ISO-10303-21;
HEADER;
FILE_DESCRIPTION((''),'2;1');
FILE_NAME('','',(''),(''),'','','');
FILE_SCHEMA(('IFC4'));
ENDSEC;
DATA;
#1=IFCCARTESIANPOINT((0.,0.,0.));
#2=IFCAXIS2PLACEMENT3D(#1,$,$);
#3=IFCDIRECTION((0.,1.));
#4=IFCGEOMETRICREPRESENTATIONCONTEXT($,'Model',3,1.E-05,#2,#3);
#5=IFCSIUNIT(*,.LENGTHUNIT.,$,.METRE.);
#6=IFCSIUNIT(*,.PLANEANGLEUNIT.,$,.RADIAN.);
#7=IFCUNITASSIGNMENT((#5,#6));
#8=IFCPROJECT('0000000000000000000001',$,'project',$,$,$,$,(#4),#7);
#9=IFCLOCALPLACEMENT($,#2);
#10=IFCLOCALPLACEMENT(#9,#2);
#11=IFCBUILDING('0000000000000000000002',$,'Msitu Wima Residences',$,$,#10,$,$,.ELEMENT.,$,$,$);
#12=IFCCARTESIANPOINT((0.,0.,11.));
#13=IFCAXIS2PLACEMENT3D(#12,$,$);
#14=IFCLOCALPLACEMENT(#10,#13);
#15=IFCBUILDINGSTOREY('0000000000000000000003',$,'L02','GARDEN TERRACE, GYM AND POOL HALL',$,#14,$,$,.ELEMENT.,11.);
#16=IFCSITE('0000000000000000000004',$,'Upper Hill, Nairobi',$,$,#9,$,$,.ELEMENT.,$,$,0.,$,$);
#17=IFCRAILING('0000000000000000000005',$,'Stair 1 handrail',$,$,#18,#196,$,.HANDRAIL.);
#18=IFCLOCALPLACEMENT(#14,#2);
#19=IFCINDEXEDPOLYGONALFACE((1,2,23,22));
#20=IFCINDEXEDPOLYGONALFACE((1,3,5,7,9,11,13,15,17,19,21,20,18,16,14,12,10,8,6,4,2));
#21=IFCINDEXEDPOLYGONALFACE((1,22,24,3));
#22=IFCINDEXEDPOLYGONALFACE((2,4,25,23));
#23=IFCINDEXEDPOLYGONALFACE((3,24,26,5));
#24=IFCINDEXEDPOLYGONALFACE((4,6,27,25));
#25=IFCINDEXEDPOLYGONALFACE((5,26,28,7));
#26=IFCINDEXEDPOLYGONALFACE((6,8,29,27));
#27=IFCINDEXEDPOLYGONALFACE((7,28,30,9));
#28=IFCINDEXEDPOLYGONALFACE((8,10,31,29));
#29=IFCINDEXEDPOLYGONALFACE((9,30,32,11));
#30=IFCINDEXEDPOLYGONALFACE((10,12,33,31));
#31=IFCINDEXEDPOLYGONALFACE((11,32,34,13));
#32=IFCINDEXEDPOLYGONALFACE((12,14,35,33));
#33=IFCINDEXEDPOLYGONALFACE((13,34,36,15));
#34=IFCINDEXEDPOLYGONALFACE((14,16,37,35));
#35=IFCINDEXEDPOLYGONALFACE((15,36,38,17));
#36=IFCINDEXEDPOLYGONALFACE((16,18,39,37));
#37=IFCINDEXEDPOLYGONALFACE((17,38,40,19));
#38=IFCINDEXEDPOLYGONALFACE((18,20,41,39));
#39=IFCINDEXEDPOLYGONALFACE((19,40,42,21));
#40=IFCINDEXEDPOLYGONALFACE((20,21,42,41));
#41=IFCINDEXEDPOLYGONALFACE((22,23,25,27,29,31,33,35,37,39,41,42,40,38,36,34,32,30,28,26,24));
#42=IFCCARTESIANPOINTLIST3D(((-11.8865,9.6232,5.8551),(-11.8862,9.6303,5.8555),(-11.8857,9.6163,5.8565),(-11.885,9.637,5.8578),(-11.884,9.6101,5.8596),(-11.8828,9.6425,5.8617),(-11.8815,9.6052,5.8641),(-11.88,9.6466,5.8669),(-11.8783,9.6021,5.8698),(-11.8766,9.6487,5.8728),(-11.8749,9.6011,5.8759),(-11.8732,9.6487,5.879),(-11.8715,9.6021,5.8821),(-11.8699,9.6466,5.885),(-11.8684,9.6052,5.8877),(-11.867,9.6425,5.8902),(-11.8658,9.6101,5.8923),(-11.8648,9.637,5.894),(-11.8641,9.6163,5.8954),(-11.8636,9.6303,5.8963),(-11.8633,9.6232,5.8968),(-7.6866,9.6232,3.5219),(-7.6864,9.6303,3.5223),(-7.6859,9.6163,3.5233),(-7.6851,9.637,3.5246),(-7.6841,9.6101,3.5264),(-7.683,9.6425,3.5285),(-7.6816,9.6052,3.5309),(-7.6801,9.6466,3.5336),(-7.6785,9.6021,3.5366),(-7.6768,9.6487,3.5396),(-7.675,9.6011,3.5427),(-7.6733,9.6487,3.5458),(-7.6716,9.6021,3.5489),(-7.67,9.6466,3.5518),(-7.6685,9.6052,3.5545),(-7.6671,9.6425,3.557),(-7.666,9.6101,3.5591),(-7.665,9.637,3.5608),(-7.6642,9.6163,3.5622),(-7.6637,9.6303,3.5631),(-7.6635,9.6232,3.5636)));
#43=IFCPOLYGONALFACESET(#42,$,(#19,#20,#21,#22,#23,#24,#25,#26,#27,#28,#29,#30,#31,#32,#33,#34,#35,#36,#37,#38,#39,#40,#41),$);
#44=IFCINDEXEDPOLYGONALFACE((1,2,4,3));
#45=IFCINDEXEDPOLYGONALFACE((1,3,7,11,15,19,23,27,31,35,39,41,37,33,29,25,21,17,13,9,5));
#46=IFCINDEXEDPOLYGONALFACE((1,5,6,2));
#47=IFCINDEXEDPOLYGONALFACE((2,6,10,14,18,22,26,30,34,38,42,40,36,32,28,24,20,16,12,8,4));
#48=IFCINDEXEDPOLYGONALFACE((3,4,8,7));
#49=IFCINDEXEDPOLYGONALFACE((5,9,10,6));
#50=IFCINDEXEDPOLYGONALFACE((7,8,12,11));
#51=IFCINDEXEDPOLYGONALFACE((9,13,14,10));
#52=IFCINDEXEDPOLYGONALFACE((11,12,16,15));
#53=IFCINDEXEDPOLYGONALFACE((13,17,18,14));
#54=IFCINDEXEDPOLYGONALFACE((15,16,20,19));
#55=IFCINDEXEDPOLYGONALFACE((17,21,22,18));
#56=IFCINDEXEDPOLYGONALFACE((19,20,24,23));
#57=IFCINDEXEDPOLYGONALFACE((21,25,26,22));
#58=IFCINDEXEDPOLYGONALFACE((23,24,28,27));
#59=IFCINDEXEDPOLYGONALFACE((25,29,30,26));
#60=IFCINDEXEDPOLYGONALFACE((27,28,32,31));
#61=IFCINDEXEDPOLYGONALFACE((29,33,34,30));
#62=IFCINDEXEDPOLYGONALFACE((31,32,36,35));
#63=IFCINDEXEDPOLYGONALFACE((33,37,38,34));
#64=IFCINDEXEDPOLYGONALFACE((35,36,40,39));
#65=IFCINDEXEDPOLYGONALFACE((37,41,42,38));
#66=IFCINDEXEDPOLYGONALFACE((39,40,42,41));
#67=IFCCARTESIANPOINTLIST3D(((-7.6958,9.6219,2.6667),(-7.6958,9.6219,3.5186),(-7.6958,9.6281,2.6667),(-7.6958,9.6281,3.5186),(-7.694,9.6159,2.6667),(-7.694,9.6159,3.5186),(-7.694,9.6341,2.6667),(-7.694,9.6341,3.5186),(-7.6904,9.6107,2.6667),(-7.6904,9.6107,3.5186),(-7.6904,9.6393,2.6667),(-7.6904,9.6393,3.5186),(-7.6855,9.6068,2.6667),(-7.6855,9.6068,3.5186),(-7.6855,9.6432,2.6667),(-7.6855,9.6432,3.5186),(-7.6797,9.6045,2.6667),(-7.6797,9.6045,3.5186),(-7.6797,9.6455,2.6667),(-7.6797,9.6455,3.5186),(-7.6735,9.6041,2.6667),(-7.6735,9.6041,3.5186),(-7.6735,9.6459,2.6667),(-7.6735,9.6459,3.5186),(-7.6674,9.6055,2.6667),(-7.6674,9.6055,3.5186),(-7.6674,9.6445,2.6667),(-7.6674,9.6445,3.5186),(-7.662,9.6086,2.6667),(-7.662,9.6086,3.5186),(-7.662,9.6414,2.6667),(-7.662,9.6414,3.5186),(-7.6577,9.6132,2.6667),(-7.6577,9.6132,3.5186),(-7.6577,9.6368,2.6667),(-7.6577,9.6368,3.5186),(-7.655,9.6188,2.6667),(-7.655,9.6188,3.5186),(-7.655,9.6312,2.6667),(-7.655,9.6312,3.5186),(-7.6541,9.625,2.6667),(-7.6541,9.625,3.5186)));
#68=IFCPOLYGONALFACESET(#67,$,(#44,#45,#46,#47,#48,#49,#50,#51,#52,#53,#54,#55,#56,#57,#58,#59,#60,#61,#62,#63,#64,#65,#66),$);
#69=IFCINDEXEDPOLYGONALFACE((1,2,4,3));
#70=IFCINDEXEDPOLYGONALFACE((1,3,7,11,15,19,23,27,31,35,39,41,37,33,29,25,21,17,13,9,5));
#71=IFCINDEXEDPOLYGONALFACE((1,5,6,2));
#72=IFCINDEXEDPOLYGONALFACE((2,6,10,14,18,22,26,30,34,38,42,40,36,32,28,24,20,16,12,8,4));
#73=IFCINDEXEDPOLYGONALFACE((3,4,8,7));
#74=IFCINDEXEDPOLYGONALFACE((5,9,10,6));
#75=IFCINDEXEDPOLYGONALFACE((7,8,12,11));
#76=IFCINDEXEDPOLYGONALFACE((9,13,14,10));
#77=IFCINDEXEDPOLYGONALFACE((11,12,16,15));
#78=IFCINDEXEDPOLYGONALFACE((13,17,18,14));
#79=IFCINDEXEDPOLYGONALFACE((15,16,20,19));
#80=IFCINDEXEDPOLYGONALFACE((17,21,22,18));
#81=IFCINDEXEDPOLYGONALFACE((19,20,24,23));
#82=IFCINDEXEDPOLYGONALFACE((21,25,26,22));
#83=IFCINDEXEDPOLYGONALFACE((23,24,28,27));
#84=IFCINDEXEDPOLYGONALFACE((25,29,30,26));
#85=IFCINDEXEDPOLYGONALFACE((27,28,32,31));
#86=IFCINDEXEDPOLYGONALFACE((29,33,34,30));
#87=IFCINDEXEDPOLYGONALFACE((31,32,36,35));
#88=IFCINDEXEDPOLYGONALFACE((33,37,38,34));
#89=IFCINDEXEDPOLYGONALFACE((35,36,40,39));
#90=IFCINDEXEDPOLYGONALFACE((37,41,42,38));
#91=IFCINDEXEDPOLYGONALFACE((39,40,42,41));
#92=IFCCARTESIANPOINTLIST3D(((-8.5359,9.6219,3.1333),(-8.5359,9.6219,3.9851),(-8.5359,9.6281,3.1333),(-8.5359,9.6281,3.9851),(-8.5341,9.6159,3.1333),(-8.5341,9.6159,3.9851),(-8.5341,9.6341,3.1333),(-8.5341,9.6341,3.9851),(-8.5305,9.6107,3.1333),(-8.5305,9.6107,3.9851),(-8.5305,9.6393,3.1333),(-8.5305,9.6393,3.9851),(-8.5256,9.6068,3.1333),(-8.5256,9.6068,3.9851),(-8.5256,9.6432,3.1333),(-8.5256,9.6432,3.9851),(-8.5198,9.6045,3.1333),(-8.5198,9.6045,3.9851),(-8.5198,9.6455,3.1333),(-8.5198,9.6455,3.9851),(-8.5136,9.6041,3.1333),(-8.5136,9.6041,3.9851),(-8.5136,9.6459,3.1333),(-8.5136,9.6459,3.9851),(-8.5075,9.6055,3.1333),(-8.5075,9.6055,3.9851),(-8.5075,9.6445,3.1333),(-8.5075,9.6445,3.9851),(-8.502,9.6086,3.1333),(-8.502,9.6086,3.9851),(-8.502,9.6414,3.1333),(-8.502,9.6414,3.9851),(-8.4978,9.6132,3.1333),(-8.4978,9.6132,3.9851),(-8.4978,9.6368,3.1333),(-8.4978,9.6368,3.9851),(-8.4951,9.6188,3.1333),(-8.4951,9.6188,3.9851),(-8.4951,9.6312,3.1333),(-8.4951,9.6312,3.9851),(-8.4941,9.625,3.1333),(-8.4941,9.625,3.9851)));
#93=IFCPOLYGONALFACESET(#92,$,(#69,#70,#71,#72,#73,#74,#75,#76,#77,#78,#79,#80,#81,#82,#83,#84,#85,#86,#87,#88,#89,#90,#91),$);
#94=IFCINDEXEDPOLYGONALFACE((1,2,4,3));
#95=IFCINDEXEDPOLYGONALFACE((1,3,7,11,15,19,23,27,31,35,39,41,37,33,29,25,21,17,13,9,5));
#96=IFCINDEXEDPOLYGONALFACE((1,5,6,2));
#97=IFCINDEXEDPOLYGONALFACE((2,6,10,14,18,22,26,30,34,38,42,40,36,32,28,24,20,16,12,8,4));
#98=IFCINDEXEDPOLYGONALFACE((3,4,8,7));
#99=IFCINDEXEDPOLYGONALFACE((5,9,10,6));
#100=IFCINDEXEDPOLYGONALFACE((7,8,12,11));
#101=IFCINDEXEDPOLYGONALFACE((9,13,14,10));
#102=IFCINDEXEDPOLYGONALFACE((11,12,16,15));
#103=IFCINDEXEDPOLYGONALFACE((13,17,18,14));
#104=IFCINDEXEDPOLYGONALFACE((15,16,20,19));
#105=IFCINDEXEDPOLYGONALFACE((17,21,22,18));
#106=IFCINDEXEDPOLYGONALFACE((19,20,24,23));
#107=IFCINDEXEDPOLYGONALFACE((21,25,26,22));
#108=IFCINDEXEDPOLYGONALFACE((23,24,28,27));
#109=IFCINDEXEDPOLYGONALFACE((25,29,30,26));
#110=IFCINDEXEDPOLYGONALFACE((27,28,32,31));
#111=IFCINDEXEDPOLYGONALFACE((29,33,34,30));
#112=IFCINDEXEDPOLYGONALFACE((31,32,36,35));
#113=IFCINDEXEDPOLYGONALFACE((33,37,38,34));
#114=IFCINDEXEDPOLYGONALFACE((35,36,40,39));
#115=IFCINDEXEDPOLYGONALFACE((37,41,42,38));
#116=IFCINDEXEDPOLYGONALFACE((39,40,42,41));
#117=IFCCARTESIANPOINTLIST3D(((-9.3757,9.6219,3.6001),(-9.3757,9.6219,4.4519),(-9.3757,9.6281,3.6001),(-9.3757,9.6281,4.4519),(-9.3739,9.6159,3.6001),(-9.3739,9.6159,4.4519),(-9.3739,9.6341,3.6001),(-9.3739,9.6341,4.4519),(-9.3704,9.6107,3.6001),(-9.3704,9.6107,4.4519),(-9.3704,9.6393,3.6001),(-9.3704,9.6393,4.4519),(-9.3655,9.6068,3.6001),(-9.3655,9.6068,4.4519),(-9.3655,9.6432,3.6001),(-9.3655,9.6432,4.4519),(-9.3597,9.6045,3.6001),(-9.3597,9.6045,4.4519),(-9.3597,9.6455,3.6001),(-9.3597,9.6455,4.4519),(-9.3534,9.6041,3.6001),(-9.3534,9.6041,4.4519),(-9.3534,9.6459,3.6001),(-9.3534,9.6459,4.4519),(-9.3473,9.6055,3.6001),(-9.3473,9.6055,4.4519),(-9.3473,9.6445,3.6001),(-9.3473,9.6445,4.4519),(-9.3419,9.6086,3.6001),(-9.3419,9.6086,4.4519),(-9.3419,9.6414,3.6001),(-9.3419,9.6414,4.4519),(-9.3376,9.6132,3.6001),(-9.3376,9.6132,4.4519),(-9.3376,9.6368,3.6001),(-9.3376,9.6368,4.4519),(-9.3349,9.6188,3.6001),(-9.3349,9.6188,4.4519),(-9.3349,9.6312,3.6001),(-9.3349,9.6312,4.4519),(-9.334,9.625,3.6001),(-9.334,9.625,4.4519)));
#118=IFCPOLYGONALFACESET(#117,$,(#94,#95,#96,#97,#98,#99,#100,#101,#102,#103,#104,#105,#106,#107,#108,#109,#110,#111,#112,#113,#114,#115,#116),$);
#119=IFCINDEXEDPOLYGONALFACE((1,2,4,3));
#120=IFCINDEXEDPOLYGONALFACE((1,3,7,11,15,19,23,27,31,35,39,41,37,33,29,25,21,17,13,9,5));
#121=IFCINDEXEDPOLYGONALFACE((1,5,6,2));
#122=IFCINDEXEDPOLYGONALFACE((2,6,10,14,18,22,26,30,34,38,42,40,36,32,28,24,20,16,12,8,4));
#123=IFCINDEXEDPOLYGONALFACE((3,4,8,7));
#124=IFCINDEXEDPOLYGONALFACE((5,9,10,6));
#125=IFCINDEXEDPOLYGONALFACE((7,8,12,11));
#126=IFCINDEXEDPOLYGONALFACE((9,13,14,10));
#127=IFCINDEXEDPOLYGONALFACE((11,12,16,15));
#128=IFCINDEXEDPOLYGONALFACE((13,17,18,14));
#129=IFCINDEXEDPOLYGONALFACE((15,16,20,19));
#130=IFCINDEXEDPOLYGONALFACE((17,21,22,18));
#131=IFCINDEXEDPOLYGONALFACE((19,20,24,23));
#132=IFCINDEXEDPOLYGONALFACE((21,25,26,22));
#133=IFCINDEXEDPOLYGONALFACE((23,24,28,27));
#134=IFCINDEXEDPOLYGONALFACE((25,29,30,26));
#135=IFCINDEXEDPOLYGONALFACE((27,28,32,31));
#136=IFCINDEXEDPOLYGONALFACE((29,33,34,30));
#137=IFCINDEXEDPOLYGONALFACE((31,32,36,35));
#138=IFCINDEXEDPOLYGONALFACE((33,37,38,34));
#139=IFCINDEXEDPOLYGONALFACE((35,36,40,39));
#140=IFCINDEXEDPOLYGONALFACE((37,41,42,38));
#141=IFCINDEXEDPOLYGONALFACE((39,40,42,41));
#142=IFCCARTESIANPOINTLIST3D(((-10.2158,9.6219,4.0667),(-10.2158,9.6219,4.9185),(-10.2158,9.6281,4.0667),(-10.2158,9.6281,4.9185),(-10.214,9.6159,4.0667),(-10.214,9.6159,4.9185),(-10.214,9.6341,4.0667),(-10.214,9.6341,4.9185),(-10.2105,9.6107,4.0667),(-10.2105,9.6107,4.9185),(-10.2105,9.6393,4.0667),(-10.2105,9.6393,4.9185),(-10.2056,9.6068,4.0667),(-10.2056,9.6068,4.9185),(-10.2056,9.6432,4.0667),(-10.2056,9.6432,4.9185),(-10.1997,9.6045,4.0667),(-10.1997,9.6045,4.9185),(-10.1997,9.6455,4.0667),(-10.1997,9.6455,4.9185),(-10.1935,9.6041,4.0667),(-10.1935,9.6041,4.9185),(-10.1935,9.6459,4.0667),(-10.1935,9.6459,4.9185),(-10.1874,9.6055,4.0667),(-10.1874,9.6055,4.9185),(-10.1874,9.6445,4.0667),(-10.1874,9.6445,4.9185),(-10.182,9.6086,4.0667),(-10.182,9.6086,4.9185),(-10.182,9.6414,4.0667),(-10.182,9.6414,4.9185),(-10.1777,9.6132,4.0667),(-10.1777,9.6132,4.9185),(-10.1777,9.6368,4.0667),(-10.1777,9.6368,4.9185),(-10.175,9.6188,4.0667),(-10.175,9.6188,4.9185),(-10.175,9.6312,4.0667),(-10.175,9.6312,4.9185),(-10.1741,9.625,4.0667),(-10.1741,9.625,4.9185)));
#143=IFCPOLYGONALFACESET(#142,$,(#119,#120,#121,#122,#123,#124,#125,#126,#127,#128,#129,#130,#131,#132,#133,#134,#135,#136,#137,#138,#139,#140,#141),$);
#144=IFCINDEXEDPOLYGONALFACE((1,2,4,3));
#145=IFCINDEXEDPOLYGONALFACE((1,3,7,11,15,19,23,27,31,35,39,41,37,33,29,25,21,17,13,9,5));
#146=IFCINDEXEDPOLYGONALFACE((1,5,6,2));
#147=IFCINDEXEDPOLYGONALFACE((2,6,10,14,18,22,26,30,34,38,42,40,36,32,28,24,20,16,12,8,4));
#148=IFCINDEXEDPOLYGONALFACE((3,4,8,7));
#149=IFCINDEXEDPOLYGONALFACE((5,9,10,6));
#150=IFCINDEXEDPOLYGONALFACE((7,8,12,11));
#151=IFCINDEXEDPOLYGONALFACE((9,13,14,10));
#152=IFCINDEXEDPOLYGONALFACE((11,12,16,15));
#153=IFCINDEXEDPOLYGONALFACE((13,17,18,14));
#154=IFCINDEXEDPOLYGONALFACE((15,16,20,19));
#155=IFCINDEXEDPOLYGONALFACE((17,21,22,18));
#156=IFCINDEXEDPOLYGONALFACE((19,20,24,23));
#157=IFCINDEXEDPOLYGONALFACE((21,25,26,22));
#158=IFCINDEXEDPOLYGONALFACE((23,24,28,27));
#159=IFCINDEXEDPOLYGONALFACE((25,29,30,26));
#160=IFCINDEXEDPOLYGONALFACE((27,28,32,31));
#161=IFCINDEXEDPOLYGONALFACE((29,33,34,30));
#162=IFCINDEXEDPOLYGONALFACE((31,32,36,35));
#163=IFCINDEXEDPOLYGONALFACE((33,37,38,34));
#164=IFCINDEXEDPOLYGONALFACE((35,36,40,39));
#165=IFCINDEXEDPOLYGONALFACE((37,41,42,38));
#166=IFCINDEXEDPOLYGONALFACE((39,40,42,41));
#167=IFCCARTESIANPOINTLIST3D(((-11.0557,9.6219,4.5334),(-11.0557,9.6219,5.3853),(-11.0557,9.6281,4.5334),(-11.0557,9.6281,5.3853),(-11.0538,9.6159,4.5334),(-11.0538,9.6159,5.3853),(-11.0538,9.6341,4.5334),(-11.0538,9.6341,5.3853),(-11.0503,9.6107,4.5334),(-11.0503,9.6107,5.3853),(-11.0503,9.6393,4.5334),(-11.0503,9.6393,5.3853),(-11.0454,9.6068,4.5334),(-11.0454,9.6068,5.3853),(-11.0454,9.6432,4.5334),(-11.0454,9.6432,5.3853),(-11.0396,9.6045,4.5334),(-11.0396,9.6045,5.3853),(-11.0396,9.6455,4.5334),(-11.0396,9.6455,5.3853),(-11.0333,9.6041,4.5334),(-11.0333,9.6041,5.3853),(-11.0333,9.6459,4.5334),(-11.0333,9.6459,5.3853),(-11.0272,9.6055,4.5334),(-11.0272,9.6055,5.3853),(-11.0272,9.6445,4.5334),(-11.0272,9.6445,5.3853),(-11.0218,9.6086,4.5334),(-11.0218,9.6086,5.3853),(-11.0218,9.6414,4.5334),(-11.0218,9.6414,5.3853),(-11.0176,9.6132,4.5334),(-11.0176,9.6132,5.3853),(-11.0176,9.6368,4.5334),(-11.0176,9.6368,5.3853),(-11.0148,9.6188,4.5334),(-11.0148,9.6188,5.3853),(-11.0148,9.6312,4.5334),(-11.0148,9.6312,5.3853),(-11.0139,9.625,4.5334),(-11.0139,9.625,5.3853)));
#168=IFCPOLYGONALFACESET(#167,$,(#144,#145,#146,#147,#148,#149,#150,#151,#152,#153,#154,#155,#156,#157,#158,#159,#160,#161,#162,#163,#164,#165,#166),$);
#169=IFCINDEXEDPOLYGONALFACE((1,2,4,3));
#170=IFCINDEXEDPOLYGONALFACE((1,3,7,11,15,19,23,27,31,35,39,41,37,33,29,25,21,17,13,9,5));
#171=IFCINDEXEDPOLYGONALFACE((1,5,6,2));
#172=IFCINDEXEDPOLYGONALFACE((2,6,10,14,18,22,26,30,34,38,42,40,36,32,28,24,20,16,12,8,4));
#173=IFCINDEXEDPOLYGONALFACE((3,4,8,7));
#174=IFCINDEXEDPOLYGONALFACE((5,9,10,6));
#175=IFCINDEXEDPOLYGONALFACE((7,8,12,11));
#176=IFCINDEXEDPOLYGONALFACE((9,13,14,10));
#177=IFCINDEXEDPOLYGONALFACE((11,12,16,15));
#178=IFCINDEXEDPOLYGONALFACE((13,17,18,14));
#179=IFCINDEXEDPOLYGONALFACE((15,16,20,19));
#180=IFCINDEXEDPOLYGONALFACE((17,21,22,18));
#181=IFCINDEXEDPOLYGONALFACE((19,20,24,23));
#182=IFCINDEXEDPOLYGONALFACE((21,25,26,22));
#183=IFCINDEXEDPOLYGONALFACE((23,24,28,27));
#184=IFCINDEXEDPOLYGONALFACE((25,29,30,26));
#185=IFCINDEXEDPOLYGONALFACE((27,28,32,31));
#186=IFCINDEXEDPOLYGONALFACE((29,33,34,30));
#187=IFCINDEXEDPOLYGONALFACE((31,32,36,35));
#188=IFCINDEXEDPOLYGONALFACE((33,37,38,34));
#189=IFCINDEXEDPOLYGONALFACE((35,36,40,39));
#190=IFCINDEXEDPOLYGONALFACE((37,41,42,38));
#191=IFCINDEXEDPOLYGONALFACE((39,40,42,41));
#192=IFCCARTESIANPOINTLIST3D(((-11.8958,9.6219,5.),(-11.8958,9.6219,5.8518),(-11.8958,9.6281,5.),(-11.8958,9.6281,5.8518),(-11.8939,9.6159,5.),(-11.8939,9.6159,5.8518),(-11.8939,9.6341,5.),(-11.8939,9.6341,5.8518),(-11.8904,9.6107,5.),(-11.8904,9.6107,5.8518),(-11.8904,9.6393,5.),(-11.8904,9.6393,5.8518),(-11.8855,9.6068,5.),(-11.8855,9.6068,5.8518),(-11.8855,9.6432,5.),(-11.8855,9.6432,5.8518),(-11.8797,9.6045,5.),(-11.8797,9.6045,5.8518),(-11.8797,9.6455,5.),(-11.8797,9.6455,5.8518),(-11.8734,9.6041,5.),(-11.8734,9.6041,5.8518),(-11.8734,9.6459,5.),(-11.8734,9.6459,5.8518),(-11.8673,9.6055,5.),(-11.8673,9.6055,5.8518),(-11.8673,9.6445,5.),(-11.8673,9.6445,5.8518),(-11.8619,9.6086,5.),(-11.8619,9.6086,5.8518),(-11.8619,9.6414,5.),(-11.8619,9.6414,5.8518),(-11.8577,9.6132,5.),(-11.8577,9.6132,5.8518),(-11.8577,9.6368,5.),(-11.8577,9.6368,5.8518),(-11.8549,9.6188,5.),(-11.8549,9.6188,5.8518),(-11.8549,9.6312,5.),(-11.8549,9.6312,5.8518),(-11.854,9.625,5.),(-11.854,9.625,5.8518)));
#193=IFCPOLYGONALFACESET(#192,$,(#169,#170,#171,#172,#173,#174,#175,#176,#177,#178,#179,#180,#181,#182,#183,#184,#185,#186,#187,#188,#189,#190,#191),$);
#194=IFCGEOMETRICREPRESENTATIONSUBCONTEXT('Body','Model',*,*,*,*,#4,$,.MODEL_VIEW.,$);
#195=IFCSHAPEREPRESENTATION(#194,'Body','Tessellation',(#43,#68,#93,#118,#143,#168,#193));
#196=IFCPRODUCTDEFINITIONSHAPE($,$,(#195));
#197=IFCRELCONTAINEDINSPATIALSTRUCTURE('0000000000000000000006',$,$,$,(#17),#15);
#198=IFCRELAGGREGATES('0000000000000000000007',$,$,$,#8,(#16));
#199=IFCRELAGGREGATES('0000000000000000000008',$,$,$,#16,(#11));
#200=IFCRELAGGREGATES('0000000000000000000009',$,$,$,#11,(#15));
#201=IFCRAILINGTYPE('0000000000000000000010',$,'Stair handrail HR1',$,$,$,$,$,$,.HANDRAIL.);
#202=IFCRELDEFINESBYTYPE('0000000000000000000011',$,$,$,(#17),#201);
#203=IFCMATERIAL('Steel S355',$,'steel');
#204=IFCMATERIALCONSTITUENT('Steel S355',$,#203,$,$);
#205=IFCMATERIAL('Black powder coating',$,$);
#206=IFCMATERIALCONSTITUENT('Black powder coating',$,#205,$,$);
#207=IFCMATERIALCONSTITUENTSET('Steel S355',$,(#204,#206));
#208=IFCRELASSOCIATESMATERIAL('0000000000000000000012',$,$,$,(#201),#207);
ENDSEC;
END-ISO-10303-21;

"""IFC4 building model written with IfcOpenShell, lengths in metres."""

from ifc_helpers import new_model, si_unit, direction, frame, origin, origin_2d, place, context, subcontext, project, spatial, circle, extrude, material, constituent, constituent_set, type_object, element, save


model = new_model("IFC4")

# Units and contexts
model_context = context("Model", 3, precision=1e-05, world=origin(), true_north=direction((0.0, 1.0)))
body_context = subcontext(model_context, "Body", "Model", "MODEL_VIEW")
ifc_project = project(units=[si_unit("LENGTHUNIT", "METRE"), si_unit("PLANEANGLEUNIT", "RADIAN")], contexts=[model_context])

# Site, building, storey
site_placement = place(None, origin())
site = spatial("IfcSite", under=ifc_project, at=site_placement, Name="Upper Hill, Nairobi", CompositionType="ELEMENT", RefElevation=0.0)
building_placement = place(site_placement, origin())
building = spatial("IfcBuilding", under=site, at=building_placement, Name="Msitu Wima Residences", CompositionType="ELEMENT")
storey_placement = place(building_placement, frame((0.0, 0.0, 11.0)))
storey = spatial("IfcBuildingStorey", under=building, at=storey_placement, Name="L02", Description="GARDEN TERRACE, GYM AND POOL HALL", CompositionType="ELEMENT", Elevation=11.0)

# Railing
ifc_material_1 = material(Name="Steel S355", Category="steel")
ifc_constituent_1 = constituent(ifc_material_1, Name="Steel S355")
ifc_material_2 = material(Name="Black powder coating")
ifc_constituent_2 = constituent(ifc_material_2, Name="Black powder coating")
ifc_constituent_set = constituent_set(constituents=[ifc_constituent_1, ifc_constituent_2], Name="Steel S355")
railing_type = type_object("IfcRailingType", Name="Stair handrail HR1", PredefinedType="HANDRAIL", material=ifc_constituent_set)
railing_placement = place(storey_placement, frame((-7.675, 9.625, 2.6667)))
element("IfcRailing", 1, at=railing_placement, inside=storey, type_object=railing_type, Name="Stair 1 handrail", PredefinedType="HANDRAIL", context=body_context, shape_type="SweptSolid", body=[
    extrude(circle(Radius=0.0239, at=origin_2d()), frame((0.0, 0.0, 0.876), z_axis=(-0.874162, 0.0, 0.485634), x_axis=(0.0, -1.0, 0.0)), (0.0, 0.0, 1.0), 4.8044),
    extrude(circle(Radius=0.021, at=origin_2d()), origin(), (0.0, 0.0, 1.0), 0.8518),
    extrude(circle(Radius=0.021, at=origin_2d()), frame((-0.8401, 0.0, 0.4666)), (0.0, 0.0, 1.0), 0.8518),
    extrude(circle(Radius=0.021, at=origin_2d()), frame((-1.6799, 0.0, 0.9333)), (0.0, 0.0, 1.0), 0.8518),
    extrude(circle(Radius=0.021, at=origin_2d()), frame((-2.52, 0.0, 1.3999)), (0.0, 0.0, 1.0), 0.8518),
    extrude(circle(Radius=0.021, at=origin_2d()), frame((-3.3599, 0.0, 1.8667)), (0.0, 0.0, 1.0), 0.8518),
    extrude(circle(Radius=0.021, at=origin_2d()), frame((-4.2, 0.0, 2.3333)), (0.0, 0.0, 1.0), 0.8518),
])

save(model, "model.ifc")
